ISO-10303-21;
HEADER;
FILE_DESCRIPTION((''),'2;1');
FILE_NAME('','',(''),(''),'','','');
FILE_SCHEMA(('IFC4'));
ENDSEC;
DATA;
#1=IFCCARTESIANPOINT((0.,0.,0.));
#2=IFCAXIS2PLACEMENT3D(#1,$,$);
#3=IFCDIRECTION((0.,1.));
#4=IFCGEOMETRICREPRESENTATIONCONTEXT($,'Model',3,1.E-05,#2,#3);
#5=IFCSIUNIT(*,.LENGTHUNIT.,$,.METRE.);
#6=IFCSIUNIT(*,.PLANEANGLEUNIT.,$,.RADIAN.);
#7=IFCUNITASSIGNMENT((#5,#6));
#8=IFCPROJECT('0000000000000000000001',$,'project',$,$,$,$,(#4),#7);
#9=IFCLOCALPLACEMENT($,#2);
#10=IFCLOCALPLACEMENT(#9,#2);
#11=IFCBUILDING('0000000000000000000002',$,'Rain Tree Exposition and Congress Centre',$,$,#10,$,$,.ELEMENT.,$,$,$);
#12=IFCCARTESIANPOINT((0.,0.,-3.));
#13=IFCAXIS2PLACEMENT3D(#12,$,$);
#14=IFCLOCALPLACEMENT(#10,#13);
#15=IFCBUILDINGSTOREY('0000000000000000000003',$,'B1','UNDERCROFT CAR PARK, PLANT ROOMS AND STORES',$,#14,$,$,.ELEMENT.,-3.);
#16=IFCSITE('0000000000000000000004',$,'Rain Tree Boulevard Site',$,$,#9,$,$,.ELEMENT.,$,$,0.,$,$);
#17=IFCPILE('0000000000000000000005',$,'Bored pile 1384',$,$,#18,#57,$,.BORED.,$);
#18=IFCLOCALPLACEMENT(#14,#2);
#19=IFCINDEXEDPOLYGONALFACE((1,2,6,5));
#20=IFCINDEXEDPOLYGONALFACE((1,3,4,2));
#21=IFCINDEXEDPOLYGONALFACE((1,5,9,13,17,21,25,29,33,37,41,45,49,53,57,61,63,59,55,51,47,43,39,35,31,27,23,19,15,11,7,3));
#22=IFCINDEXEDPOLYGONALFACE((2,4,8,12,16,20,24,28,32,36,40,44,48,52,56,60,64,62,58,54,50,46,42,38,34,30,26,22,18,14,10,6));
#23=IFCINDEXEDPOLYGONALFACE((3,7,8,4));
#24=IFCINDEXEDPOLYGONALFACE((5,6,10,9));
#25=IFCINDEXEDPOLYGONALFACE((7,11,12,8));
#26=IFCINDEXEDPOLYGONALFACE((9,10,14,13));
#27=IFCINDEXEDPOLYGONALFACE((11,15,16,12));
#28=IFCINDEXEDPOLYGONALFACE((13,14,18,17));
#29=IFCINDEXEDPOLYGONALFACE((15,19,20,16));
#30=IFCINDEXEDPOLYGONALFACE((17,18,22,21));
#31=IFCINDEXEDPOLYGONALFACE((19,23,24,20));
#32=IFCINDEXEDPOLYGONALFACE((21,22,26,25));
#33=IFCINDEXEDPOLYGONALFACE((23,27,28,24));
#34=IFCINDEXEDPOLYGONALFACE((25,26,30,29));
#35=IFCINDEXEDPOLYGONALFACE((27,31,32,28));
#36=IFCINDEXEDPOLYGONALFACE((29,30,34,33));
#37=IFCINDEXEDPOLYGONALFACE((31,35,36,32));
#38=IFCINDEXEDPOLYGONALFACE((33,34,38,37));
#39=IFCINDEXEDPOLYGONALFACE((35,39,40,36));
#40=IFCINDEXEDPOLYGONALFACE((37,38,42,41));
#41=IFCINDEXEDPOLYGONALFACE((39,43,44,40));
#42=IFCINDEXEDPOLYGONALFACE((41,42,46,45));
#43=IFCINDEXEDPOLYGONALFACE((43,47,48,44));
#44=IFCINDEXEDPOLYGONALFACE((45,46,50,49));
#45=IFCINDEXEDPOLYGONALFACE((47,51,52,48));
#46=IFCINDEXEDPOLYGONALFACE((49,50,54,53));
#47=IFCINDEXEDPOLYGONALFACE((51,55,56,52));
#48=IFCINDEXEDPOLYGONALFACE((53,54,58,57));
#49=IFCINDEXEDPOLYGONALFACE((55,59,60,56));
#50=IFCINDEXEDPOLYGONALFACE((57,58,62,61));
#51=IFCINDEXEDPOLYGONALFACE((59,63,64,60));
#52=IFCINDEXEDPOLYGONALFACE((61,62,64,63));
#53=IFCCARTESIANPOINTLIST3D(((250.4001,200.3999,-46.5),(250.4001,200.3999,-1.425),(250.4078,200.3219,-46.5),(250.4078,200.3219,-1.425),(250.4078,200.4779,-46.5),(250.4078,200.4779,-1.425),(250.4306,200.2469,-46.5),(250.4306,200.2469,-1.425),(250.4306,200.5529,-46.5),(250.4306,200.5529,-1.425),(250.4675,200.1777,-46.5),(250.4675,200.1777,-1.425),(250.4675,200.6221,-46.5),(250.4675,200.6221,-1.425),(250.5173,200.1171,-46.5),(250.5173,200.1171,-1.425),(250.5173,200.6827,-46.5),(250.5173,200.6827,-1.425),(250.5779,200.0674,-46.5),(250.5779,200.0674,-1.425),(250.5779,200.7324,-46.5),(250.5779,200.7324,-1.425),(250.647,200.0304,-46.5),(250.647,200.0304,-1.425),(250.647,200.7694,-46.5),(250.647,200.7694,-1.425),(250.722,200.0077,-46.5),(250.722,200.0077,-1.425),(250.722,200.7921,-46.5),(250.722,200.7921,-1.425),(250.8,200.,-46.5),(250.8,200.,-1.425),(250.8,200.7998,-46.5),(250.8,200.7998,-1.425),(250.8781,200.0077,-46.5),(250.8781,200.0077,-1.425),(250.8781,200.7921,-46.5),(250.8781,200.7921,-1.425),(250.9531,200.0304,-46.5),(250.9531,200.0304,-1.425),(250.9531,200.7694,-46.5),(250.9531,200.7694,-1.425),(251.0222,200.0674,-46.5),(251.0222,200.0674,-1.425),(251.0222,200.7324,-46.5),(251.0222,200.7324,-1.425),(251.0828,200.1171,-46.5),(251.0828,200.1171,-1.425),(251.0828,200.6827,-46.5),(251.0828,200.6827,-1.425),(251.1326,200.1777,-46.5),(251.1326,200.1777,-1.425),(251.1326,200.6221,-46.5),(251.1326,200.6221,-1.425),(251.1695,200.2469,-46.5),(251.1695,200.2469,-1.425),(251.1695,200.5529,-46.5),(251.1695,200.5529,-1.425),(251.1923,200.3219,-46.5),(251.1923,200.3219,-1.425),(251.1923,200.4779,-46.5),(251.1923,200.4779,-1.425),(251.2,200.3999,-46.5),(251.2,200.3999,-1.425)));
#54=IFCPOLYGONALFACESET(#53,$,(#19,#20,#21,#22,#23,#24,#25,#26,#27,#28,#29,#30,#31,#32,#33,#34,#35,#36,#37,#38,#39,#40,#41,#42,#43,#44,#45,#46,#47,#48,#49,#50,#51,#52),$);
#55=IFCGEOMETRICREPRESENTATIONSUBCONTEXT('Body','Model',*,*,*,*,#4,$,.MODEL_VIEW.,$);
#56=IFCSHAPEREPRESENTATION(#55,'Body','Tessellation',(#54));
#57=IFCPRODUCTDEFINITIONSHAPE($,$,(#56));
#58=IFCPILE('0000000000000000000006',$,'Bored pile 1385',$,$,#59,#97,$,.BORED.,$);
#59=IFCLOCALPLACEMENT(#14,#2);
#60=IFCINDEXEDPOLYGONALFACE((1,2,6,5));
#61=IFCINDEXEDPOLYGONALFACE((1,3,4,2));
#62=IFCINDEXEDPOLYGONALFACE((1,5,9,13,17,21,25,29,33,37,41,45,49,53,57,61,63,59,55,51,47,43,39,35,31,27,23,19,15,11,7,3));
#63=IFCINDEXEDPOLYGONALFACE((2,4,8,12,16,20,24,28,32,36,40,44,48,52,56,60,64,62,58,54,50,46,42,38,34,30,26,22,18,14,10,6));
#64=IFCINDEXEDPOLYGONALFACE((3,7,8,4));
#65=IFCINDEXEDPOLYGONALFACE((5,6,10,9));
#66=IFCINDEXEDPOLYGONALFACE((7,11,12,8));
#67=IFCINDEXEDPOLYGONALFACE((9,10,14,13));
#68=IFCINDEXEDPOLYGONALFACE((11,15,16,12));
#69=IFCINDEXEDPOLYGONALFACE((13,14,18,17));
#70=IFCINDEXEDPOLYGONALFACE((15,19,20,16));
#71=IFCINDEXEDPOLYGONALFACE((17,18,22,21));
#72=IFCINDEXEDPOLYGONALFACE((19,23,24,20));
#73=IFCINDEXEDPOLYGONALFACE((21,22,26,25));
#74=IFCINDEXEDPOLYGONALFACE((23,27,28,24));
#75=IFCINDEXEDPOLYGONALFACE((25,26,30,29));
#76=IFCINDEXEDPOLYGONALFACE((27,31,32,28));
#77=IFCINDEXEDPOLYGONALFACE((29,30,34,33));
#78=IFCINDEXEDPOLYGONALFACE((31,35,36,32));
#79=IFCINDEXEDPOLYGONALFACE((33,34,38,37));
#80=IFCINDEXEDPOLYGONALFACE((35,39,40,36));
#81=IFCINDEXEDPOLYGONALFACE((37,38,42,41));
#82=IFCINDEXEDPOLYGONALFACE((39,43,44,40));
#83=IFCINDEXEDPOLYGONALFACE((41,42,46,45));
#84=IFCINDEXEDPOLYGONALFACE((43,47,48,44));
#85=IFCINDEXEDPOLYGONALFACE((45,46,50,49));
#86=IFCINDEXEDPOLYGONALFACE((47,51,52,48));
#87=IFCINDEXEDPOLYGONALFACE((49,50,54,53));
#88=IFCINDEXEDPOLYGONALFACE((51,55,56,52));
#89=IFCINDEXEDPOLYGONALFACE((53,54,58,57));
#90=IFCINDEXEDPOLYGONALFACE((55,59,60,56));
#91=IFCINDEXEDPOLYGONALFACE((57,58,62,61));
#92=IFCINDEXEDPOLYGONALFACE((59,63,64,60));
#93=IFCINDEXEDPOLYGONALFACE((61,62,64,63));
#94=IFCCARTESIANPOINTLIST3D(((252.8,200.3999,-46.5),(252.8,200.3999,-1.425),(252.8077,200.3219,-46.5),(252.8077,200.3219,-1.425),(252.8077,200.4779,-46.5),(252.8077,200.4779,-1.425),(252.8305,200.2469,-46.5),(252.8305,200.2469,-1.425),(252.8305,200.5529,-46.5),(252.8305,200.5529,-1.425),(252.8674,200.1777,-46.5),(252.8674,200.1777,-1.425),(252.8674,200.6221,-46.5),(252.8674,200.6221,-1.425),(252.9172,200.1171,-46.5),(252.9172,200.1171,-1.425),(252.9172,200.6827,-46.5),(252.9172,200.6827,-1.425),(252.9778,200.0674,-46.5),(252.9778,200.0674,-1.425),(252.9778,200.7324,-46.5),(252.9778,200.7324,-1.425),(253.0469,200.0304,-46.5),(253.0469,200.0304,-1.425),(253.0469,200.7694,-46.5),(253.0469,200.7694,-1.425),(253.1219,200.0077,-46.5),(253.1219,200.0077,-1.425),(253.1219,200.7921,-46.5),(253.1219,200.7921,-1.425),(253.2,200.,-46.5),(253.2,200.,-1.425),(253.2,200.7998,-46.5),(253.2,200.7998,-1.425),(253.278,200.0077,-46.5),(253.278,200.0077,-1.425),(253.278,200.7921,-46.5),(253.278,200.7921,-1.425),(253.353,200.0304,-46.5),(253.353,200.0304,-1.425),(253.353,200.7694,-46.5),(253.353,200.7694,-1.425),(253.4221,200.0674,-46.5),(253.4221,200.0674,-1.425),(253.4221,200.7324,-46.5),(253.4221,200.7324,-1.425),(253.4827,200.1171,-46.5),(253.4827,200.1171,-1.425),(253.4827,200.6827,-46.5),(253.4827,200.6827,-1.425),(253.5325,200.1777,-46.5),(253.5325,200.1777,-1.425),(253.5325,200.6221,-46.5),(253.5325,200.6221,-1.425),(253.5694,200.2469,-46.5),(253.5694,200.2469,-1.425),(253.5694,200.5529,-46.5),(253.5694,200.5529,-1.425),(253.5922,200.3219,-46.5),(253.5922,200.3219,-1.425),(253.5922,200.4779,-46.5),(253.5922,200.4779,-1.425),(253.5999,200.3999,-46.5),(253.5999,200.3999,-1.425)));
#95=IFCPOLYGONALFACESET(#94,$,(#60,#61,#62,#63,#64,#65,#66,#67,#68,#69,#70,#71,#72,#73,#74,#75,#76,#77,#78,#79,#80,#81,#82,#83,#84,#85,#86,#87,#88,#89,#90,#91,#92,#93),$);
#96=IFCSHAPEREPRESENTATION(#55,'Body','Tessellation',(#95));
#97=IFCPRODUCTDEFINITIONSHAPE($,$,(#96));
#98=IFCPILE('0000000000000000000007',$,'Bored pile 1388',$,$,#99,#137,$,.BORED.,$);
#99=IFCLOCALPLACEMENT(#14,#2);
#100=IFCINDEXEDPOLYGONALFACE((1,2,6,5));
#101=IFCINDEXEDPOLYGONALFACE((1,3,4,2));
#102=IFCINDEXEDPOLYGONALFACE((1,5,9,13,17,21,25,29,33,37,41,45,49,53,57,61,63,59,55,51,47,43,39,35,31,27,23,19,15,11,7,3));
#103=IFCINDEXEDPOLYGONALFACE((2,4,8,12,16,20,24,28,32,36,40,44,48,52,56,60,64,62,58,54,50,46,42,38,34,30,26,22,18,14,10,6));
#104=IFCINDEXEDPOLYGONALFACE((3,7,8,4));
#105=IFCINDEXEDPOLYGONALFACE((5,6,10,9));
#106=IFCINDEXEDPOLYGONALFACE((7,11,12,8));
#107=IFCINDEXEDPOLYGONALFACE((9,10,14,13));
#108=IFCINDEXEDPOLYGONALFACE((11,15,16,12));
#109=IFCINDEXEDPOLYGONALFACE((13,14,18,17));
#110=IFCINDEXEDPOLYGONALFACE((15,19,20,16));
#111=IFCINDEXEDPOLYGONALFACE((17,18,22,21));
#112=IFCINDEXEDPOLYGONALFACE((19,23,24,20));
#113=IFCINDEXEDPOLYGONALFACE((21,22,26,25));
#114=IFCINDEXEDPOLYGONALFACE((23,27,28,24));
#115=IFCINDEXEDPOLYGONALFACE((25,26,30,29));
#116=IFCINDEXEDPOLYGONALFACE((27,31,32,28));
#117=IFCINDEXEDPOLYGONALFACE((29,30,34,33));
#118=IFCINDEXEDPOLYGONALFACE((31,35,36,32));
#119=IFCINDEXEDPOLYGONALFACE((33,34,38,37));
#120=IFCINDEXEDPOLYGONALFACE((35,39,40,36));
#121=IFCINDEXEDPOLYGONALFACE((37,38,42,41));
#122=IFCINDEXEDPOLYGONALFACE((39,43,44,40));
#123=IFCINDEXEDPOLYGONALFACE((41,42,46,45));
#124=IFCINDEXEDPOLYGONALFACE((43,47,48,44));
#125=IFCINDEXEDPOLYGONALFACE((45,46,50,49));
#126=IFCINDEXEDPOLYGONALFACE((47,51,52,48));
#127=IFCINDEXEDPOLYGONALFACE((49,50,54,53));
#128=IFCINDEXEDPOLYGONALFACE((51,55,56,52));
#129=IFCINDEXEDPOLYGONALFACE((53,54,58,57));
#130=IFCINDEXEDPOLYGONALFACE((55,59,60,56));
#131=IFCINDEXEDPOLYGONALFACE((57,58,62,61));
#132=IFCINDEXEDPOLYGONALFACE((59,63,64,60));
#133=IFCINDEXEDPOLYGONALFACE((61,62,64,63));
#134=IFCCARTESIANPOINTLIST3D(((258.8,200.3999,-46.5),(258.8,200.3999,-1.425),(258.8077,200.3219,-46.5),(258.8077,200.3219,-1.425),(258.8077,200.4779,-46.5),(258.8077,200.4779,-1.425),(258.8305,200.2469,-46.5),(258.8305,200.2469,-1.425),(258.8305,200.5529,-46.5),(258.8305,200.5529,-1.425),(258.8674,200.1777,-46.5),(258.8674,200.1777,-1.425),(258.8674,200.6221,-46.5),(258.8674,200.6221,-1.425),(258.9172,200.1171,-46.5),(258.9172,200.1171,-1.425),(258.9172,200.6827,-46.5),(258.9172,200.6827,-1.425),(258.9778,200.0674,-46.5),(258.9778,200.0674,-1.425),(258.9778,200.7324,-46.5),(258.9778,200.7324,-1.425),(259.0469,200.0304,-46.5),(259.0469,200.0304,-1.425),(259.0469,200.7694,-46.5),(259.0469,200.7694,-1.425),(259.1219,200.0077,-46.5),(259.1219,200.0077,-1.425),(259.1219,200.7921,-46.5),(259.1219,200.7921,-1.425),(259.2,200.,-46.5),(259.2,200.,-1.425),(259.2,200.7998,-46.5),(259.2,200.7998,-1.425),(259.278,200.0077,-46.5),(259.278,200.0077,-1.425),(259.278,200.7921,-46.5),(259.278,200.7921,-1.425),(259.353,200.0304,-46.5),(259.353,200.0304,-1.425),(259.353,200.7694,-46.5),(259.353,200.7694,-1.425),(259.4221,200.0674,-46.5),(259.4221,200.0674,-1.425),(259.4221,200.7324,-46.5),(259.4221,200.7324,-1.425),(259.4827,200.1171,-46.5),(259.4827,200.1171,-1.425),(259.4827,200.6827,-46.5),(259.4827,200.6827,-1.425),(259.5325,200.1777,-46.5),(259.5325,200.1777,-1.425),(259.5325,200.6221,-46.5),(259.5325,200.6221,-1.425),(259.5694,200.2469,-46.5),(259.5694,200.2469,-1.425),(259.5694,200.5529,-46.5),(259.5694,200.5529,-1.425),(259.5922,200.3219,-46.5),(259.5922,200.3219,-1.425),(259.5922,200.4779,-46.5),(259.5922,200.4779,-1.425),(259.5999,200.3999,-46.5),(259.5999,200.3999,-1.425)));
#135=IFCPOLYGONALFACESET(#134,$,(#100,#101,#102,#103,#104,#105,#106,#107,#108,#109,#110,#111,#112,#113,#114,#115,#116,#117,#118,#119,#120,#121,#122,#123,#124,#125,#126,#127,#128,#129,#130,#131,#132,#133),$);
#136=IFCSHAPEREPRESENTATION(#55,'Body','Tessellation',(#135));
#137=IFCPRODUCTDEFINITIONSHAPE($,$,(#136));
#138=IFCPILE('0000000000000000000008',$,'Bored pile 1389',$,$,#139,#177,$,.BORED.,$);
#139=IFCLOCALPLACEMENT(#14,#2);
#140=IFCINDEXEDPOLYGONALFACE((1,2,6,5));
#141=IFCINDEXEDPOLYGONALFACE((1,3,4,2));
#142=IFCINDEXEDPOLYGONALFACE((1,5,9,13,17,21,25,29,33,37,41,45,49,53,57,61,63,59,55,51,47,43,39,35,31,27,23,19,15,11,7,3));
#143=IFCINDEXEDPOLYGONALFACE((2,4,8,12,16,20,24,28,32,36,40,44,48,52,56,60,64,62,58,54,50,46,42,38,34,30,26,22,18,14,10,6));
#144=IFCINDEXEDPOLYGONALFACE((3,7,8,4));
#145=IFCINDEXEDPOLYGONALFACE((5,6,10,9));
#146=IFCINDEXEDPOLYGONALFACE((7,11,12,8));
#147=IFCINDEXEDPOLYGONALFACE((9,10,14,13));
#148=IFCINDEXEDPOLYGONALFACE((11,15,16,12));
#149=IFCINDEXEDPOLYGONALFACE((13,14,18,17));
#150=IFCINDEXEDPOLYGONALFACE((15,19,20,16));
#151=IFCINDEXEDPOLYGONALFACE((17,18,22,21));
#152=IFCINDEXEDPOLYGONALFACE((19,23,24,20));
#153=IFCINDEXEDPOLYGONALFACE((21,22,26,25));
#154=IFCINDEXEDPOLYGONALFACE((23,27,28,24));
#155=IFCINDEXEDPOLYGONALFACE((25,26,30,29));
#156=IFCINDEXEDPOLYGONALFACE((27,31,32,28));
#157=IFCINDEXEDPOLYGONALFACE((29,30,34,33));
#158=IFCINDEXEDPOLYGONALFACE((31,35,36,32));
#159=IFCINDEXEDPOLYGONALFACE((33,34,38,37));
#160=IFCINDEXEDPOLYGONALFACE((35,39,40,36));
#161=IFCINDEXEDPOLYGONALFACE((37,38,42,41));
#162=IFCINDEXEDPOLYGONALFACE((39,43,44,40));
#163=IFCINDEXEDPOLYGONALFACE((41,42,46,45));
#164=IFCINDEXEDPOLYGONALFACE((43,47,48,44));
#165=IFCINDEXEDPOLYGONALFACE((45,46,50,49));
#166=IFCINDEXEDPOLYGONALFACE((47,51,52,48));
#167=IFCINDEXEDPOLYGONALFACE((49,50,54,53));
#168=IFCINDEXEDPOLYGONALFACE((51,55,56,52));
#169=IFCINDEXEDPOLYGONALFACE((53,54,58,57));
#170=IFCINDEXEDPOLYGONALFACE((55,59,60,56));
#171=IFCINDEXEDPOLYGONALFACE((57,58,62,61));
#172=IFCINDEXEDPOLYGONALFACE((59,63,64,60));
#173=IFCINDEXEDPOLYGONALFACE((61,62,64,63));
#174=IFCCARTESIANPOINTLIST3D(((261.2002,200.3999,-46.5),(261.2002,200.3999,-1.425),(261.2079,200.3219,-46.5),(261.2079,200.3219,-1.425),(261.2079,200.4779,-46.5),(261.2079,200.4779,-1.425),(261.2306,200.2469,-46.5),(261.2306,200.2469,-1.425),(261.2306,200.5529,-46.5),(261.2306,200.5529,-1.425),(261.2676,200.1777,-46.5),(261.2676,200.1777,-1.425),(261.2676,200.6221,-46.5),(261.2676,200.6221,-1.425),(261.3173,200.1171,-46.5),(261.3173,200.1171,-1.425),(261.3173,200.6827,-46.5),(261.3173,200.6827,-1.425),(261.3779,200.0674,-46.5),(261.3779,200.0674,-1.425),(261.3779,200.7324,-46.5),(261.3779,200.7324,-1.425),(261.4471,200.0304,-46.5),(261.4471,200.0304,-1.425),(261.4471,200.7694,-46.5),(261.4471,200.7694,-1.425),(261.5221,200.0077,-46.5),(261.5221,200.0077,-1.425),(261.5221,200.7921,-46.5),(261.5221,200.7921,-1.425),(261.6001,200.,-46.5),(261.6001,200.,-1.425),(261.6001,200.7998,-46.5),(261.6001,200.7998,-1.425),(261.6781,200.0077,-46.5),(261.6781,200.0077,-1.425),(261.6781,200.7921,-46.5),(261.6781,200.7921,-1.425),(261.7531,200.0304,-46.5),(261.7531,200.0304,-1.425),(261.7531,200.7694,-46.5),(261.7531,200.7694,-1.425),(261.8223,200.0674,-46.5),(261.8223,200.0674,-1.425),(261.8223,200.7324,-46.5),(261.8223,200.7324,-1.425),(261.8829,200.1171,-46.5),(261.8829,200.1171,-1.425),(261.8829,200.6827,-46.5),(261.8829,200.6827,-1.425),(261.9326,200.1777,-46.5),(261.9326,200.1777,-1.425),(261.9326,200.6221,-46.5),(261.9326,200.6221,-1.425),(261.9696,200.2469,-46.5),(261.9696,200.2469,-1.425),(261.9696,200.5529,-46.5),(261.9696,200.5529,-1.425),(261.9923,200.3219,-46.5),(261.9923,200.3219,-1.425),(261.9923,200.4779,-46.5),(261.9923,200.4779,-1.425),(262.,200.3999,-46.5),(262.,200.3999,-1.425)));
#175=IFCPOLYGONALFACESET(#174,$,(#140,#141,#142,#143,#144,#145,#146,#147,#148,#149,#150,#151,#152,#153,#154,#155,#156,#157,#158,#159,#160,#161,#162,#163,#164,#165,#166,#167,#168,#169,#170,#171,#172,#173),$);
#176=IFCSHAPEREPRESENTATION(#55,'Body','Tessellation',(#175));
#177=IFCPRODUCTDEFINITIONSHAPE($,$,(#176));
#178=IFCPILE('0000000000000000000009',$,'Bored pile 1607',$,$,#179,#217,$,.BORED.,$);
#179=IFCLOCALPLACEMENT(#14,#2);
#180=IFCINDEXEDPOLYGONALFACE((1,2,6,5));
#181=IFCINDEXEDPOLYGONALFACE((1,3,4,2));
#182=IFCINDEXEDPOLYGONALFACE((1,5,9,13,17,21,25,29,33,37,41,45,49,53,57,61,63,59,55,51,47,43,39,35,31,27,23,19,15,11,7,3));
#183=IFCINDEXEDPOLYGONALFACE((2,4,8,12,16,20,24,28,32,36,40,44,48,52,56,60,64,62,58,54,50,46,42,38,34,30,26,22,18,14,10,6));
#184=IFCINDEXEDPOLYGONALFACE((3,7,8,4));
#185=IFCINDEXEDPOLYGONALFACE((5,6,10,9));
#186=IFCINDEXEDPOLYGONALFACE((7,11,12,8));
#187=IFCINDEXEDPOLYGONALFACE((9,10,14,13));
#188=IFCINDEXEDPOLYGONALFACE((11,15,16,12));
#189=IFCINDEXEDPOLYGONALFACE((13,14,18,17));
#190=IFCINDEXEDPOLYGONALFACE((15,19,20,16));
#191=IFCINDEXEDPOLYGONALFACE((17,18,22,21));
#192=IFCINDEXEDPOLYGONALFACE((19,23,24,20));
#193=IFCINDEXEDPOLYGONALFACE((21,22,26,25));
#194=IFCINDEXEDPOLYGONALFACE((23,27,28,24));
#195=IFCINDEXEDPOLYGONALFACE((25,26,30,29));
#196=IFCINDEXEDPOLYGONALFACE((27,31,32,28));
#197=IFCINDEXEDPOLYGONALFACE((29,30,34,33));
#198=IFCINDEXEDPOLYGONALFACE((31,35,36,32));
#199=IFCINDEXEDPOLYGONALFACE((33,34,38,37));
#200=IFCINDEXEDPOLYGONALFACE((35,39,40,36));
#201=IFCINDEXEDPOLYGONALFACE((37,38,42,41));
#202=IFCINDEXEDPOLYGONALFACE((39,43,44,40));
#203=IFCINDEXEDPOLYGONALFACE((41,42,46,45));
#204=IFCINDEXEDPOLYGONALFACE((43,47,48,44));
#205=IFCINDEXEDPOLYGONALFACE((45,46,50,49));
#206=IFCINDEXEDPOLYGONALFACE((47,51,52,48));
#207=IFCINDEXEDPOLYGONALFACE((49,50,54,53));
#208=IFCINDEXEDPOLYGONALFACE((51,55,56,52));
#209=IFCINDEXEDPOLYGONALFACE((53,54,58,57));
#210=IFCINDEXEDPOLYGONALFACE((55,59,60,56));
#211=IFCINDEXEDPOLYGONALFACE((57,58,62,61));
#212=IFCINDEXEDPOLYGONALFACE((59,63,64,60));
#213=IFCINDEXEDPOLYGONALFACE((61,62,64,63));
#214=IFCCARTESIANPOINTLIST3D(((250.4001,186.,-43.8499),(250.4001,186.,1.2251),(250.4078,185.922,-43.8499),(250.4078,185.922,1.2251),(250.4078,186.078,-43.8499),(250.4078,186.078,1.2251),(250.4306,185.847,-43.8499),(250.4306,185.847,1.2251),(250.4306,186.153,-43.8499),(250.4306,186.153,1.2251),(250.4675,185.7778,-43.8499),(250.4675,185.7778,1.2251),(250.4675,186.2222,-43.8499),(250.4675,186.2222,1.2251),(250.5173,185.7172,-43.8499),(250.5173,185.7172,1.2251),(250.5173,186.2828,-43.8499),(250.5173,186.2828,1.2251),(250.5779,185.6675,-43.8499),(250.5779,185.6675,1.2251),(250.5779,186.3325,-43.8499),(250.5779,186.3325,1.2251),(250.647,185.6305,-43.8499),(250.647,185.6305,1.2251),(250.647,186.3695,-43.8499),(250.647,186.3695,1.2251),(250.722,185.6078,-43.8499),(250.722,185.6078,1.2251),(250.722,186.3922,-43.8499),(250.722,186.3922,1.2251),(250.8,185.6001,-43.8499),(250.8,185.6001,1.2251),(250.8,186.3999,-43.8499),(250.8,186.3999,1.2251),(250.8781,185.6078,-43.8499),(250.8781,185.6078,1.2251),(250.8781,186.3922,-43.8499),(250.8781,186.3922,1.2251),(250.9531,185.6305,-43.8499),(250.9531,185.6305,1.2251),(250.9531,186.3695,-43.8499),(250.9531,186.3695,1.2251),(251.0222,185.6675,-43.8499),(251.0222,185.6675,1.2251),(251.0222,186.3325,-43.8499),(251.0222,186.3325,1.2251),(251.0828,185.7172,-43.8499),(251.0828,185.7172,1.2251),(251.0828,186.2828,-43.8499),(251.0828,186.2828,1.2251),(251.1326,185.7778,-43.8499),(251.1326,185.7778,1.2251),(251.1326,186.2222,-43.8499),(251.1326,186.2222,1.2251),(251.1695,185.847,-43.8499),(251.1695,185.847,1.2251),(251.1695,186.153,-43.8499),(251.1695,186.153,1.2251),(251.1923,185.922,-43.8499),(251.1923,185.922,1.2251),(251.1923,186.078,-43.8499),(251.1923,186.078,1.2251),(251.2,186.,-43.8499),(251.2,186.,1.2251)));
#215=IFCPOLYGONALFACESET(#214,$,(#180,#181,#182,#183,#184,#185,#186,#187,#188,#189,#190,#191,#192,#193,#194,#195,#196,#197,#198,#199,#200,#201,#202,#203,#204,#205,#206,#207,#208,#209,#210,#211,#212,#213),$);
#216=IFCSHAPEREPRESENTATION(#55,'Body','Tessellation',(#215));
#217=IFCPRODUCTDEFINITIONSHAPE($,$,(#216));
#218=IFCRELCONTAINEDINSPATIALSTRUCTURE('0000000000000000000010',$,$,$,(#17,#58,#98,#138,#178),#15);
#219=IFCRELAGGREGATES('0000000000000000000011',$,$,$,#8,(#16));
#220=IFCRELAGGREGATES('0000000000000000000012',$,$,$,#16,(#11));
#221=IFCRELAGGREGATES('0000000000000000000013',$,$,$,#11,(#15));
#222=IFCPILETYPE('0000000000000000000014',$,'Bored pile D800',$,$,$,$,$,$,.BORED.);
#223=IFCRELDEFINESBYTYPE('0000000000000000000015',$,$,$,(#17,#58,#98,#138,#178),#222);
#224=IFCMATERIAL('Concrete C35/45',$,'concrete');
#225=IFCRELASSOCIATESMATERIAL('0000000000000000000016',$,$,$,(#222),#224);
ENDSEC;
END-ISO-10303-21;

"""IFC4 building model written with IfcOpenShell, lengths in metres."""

from ifc_helpers import new_model, si_unit, direction, frame, origin, origin_2d, place, context, subcontext, project, spatial, circle, extrude, material, material_profile, profile_set, type_object, element, save


model = new_model("IFC4")

# Units and contexts
model_context = context("Model", 3, precision=1e-05, world=origin(), true_north=direction((0.0, 1.0)))
body_context = subcontext(model_context, "Body", "Model", "MODEL_VIEW")
ifc_project = project(units=[si_unit("LENGTHUNIT", "METRE"), si_unit("PLANEANGLEUNIT", "RADIAN")], contexts=[model_context])

# Site, building, storey
site_placement = place(None, origin())
site = spatial("IfcSite", under=ifc_project, at=site_placement, Name="Rain Tree Boulevard Site", CompositionType="ELEMENT", RefElevation=0.0)
building_placement = place(site_placement, origin())
building = spatial("IfcBuilding", under=site, at=building_placement, Name="Rain Tree Exposition and Congress Centre", CompositionType="ELEMENT")
storey_placement = place(building_placement, frame((0.0, 0.0, -3.0)))
storey = spatial("IfcBuildingStorey", under=building, at=storey_placement, Name="B1", Description="UNDERCROFT CAR PARK, PLANT ROOMS AND STORES", CompositionType="ELEMENT", Elevation=-3.0)

# Piles
ifc_material_1 = material(Name="Concrete C35/45", Category="concrete")
ifc_material_profile_1 = material_profile(ifc_material_1, circle(Radius=0.3999, at=origin_2d()), Name="D800")
ifc_profile_set_1 = profile_set([ifc_material_profile_1], Name="Concrete C35/45")
pile_type_1 = type_object("IfcPileType", Name="Bored pile D800", PredefinedType="BORED", material=ifc_profile_set_1)
for number, where, z_axis, x_axis, name in (
    (1, (250.8, 200.3999, -1.425), (0.0, 0.0, -1.0), (1.0, 0.0, 0.0), "Bored pile 1384"),
    (2, (253.2, 200.3999, -1.425), (0.0, 0.0, -1.0), (1.0, 0.0, 0.0), "Bored pile 1385"),
    (3, (259.2, 200.3999, -1.425), (0.0, 0.0, -1.0), (1.0, 0.0, 0.0), "Bored pile 1388"),
    (4, (261.6001, 200.3999, -1.425), (0.0, 0.0, -1.0), (1.0, 0.0, 0.0), "Bored pile 1389"),
    (5, (250.8, 186.0, 1.2251), (0.0, 0.0, -1.0), (1.0, 0.0, 0.0), "Bored pile 1607"),
):
    element("IfcPile", number, at=place(storey_placement, frame(where, z_axis=z_axis, x_axis=x_axis)), inside=storey, type_object=pile_type_1, Name=name, PredefinedType="BORED", context=body_context, shape_type="SweptSolid", body=[
        extrude(circle(Radius=0.3999, at=origin_2d()), origin(), (0.0, 0.0, 1.0), 45.075),
    ])

save(model, "model.ifc")
